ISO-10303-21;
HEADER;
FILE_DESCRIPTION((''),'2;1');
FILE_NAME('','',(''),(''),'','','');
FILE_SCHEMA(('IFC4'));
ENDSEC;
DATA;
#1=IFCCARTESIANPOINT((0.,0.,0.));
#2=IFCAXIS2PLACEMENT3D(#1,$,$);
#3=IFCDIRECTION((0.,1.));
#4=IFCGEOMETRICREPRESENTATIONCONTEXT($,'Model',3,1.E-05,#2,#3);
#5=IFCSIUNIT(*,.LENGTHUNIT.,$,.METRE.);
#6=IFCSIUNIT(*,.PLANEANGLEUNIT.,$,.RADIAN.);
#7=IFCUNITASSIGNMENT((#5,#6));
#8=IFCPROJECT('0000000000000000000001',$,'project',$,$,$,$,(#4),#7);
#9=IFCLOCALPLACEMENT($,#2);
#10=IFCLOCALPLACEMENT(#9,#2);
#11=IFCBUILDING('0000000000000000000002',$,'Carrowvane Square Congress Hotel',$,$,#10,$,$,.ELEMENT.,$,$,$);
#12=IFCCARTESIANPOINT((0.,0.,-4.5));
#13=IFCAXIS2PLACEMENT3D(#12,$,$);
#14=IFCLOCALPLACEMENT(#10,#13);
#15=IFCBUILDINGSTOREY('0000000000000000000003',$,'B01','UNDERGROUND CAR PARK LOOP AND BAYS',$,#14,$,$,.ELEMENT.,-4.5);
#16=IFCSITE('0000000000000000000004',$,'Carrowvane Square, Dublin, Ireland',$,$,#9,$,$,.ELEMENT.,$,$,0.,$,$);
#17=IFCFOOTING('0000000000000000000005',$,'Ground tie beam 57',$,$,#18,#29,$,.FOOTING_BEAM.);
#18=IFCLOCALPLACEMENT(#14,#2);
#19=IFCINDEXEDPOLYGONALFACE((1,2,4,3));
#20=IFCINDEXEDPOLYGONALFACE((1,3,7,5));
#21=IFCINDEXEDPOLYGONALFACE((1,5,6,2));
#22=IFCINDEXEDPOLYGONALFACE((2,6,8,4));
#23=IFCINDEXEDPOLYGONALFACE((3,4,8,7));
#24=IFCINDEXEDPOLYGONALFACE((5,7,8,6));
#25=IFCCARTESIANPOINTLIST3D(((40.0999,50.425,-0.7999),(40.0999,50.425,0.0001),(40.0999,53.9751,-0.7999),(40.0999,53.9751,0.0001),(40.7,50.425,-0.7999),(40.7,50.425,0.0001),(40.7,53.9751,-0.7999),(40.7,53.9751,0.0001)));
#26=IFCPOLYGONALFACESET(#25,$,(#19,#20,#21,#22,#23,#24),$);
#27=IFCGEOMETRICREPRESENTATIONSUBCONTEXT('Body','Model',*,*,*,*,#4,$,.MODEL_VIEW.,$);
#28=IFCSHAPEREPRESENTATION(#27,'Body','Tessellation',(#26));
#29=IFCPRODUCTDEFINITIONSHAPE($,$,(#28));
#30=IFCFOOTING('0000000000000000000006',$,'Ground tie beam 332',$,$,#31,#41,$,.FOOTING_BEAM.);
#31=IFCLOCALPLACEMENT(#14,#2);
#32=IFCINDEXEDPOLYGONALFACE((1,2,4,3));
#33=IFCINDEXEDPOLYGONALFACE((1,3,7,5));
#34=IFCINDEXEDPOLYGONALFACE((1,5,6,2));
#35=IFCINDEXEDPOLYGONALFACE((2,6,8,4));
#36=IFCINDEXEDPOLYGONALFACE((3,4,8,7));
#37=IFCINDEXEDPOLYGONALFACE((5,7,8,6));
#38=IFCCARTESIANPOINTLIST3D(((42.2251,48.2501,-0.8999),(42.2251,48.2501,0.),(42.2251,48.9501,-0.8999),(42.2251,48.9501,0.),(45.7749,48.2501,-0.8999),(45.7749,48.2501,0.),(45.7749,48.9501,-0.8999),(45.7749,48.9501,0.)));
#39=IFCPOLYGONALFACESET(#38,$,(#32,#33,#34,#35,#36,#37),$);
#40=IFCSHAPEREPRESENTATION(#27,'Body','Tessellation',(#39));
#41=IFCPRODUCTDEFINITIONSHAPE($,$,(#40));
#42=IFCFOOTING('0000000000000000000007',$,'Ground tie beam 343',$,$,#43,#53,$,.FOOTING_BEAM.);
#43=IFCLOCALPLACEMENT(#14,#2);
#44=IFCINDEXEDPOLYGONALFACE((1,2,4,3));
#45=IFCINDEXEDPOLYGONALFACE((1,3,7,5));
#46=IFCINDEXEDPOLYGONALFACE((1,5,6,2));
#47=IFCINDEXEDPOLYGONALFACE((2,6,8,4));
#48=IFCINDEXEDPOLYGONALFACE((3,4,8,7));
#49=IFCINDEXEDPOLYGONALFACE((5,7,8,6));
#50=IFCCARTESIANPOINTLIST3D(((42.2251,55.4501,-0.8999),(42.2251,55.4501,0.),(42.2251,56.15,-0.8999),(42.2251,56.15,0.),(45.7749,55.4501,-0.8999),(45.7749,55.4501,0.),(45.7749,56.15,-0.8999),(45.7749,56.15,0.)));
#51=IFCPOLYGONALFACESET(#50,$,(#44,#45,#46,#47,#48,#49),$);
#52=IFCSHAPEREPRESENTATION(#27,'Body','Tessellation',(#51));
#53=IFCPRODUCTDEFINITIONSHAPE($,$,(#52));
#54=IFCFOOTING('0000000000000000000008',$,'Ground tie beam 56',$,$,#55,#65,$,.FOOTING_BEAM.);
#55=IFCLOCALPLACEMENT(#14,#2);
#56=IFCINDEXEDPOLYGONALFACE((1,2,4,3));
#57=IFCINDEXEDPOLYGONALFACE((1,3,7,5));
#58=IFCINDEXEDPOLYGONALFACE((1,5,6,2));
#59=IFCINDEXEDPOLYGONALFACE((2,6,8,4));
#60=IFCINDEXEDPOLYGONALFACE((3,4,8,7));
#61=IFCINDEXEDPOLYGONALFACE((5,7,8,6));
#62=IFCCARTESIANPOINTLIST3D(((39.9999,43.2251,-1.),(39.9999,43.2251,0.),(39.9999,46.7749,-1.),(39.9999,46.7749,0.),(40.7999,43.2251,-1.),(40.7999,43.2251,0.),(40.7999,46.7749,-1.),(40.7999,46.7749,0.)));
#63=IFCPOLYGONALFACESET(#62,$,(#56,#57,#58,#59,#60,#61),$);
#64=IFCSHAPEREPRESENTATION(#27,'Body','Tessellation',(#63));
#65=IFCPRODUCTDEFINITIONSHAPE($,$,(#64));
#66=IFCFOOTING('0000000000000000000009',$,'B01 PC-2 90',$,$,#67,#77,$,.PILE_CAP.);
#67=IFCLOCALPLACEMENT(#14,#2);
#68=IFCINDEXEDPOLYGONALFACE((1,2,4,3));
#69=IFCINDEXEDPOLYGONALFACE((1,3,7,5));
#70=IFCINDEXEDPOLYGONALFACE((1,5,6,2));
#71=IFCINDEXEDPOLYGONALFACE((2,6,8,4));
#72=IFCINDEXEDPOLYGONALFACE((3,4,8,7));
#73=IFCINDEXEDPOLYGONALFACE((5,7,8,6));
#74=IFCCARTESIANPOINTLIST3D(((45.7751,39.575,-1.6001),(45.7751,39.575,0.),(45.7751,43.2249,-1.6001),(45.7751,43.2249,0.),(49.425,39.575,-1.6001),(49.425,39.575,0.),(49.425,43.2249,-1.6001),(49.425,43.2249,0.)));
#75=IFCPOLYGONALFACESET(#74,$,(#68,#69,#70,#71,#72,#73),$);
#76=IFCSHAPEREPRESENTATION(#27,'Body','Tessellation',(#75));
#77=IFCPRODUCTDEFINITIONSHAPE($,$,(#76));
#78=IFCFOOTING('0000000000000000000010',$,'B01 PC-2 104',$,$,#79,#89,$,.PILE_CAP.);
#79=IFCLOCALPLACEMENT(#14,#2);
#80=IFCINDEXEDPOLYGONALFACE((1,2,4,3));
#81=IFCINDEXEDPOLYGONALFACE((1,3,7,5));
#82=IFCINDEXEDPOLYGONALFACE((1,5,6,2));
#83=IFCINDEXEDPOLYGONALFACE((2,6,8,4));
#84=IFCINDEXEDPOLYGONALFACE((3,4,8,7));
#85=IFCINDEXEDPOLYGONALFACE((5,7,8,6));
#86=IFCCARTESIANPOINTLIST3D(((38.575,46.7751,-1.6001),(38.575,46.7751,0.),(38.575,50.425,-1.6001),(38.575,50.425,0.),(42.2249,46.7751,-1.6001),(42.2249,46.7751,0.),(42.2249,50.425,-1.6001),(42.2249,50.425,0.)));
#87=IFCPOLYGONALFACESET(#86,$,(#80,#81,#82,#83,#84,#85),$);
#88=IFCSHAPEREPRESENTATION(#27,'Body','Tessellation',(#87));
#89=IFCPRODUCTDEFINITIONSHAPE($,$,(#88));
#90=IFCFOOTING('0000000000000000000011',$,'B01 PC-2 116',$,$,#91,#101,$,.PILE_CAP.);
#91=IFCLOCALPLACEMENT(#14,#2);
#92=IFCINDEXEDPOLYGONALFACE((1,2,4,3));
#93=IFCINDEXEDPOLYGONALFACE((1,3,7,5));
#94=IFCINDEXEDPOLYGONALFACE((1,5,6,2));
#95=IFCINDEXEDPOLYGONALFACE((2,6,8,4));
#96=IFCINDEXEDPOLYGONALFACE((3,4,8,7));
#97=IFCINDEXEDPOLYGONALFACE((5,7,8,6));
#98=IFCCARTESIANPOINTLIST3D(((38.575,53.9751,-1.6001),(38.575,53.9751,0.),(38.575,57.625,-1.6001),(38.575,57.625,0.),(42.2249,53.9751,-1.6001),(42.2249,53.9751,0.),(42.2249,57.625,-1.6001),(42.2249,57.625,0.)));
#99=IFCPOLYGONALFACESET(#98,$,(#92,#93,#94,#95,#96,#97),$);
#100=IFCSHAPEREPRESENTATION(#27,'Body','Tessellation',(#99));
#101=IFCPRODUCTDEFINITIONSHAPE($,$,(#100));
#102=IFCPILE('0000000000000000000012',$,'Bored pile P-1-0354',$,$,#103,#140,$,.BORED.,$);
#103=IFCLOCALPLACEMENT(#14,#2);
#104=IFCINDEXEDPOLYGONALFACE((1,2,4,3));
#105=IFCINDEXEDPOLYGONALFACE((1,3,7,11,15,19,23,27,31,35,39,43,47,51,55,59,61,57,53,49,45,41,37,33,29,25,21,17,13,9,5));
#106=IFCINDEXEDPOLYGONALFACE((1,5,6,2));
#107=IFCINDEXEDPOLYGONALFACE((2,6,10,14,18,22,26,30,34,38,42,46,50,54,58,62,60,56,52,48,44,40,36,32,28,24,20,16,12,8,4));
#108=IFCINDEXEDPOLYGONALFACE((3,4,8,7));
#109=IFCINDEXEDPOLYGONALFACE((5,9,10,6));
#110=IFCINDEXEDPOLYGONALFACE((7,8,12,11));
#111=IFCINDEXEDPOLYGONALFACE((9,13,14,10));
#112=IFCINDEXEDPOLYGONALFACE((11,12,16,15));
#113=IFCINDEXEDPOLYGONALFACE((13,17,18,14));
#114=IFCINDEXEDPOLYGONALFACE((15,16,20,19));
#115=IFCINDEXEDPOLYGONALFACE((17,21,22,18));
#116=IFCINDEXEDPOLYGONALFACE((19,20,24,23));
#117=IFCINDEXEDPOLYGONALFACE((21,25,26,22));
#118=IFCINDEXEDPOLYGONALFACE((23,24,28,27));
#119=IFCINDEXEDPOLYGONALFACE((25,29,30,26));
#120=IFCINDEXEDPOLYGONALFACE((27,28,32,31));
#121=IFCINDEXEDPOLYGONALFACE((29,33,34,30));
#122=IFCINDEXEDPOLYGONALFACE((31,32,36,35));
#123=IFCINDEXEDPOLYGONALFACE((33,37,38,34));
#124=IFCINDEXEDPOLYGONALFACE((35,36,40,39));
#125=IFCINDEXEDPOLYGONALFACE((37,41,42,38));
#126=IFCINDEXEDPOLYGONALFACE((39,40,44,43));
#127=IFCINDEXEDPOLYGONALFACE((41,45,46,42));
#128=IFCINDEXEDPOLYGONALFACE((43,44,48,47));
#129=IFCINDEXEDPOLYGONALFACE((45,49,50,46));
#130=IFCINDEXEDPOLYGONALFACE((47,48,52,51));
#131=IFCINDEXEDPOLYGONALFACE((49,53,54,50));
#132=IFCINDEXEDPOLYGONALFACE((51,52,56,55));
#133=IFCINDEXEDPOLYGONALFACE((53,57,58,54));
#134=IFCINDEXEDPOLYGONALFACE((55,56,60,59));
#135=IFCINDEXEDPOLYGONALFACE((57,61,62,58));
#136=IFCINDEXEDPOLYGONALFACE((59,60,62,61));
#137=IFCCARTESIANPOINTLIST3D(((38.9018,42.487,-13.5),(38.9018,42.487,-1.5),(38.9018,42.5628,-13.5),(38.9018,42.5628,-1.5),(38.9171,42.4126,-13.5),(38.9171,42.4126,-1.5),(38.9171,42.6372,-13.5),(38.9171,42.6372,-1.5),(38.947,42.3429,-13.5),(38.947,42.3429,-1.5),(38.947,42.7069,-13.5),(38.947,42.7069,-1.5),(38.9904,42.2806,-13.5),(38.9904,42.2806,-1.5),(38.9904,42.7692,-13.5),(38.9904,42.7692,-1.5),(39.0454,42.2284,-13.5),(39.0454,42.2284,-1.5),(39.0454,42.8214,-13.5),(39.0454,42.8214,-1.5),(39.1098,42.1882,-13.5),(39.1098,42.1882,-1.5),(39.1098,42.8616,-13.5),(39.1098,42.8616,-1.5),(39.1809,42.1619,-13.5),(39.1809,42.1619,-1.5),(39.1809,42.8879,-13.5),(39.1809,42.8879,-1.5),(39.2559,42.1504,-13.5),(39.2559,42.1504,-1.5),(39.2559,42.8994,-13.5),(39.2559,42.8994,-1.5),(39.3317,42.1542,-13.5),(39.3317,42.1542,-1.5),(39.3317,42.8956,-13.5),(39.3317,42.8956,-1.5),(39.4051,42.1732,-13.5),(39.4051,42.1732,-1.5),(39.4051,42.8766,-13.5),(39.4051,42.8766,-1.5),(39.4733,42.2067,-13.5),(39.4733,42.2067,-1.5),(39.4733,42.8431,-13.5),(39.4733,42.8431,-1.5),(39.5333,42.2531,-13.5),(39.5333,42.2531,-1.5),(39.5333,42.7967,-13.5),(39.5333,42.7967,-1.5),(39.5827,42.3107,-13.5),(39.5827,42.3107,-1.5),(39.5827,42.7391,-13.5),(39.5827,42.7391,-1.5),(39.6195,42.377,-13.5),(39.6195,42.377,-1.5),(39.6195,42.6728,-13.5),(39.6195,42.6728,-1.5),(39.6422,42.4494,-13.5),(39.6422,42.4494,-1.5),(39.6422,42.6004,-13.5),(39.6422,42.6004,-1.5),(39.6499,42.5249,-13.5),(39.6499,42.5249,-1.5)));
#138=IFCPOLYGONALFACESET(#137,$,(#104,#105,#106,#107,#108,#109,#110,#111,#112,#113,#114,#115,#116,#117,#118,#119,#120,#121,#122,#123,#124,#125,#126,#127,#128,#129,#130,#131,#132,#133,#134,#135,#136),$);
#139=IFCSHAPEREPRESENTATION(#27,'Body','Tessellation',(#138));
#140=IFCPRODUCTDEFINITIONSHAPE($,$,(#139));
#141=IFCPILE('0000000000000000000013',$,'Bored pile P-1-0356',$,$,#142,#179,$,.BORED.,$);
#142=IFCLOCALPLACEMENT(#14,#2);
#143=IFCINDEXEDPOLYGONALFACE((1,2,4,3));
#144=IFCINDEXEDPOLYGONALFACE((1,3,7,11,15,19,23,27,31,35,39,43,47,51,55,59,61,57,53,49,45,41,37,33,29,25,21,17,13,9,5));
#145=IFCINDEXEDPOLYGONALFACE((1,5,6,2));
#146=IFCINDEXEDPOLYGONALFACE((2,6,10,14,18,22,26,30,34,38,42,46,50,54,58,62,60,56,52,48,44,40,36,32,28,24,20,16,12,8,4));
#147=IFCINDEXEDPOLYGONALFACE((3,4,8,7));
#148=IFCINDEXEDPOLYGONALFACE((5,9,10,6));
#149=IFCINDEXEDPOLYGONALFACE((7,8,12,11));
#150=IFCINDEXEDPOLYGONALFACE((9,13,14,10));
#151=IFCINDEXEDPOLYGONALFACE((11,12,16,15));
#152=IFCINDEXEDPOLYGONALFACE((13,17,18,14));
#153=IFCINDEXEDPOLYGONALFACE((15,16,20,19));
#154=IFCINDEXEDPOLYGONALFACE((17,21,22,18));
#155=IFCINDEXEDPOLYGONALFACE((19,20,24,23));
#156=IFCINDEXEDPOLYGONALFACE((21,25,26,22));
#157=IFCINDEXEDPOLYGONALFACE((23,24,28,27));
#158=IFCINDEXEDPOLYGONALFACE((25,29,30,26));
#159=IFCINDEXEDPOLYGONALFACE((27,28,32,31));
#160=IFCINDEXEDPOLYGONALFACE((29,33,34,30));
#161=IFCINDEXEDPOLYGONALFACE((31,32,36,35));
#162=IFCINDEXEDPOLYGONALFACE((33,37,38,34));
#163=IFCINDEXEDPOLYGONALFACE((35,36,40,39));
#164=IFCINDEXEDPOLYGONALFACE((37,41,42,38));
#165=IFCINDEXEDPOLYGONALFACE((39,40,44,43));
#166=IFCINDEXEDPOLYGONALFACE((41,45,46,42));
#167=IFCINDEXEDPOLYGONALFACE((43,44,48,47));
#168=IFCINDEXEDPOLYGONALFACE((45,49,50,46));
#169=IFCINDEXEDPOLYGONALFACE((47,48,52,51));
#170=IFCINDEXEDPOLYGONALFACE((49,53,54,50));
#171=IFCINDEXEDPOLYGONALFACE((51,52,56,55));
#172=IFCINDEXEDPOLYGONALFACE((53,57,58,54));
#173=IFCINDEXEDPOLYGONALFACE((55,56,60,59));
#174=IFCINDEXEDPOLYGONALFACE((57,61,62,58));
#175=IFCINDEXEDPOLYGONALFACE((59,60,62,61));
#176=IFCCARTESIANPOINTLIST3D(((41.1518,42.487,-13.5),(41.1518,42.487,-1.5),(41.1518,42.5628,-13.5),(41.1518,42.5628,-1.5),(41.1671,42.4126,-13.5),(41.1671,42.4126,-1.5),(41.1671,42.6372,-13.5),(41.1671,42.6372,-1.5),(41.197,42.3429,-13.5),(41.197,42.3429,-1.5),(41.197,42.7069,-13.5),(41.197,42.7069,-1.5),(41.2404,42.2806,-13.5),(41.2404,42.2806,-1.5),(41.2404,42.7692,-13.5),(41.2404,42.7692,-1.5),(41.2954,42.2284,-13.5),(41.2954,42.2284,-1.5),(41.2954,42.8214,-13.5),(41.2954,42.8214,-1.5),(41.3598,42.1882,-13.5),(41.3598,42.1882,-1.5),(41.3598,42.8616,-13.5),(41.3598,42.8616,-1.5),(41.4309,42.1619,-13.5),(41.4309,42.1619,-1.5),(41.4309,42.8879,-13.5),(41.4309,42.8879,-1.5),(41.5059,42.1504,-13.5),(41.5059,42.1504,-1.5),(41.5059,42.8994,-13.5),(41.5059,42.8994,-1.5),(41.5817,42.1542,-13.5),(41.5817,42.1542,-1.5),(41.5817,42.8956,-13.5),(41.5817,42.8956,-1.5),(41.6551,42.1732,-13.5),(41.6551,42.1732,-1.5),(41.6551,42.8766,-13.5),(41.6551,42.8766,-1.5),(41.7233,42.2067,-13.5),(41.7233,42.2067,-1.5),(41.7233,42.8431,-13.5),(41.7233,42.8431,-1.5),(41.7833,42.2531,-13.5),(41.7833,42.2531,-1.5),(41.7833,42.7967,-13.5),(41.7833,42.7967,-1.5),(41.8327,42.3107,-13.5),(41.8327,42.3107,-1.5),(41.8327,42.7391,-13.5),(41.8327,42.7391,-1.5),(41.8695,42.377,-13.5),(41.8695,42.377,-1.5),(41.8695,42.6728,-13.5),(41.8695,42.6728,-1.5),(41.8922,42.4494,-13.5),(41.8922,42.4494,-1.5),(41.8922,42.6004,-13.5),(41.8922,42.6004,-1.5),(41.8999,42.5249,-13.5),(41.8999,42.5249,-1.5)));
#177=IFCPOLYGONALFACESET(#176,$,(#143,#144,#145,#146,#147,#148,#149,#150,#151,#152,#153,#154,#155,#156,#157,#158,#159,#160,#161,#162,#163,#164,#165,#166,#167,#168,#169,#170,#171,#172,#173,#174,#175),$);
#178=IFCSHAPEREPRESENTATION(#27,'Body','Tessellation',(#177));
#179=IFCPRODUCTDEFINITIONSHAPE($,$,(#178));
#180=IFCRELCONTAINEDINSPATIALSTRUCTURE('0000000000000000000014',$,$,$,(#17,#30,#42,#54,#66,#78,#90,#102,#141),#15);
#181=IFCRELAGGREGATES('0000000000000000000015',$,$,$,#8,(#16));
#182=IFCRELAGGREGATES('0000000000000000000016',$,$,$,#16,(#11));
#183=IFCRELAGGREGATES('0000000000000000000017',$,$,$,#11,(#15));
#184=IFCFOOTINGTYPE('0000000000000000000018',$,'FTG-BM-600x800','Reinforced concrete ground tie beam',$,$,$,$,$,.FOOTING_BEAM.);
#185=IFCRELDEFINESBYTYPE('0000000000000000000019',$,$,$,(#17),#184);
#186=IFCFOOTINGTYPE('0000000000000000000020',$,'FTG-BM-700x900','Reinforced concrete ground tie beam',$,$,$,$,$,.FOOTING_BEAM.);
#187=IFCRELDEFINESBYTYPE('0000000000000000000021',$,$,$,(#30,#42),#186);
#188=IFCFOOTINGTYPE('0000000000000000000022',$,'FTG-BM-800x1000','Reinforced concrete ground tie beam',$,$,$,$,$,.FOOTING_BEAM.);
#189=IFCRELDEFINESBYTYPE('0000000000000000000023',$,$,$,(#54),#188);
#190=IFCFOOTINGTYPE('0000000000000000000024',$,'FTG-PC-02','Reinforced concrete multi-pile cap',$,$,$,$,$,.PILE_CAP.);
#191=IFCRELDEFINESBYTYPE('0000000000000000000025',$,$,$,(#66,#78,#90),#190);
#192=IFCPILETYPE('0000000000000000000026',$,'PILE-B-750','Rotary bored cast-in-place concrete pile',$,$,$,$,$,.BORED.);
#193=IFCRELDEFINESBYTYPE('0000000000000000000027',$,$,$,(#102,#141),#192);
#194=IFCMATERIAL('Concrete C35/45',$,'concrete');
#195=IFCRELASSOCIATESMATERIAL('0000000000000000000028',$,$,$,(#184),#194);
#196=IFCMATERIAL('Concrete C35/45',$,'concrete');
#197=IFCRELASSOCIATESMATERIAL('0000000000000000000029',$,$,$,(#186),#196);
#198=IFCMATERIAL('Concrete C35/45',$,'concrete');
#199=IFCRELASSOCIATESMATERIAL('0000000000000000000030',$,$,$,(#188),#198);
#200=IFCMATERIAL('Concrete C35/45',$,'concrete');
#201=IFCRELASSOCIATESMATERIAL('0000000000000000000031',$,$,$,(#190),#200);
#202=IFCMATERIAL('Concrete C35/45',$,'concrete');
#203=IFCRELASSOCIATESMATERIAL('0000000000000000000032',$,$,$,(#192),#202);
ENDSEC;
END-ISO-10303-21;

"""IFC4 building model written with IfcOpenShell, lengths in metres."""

from ifc_helpers import new_model, si_unit, direction, frame, origin, origin_2d, place, context, subcontext, project, spatial, rectangle, circle, extrude, material, material_profile, profile_set, type_object, element, save


model = new_model("IFC4")

# Units and contexts
model_context = context("Model", 3, precision=1e-05, world=origin(), true_north=direction((0.0, 1.0)))
body_context = subcontext(model_context, "Body", "Model", "MODEL_VIEW")
ifc_project = project(units=[si_unit("LENGTHUNIT", "METRE"), si_unit("PLANEANGLEUNIT", "RADIAN")], contexts=[model_context])

# Site, building, storey
site_placement = place(None, origin())
site = spatial("IfcSite", under=ifc_project, at=site_placement, Name="Carrowvane Square, Dublin, Ireland", CompositionType="ELEMENT", RefElevation=0.0)
building_placement = place(site_placement, origin())
building = spatial("IfcBuilding", under=site, at=building_placement, Name="Carrowvane Square Congress Hotel", CompositionType="ELEMENT")
storey_placement = place(building_placement, frame((0.0, 0.0, -4.5)))
storey = spatial("IfcBuildingStorey", under=building, at=storey_placement, Name="B01", Description="UNDERGROUND CAR PARK LOOP AND BAYS", CompositionType="ELEMENT", Elevation=-4.5)

# Footings
ifc_material_1 = material(Name="Concrete C35/45", Category="concrete")
ifc_material_profile_1 = material_profile(ifc_material_1, rectangle(XDim=0.6001, YDim=0.8, at=origin_2d()), Name="RC 600x800")
ifc_profile_set_1 = profile_set([ifc_material_profile_1], Name="Concrete C35/45")
footing_type_1 = type_object("IfcFootingType", Name="FTG-BM-600x800", Description="Reinforced concrete ground tie beam", PredefinedType="FOOTING_BEAM", material=ifc_profile_set_1)
footing_1_placement = place(storey_placement, frame((40.3999, 50.425, -0.3999), z_axis=(0.0, 1.0, 0.0), x_axis=(-1.0, 0.0, 0.0)))
element("IfcFooting", 1, at=footing_1_placement, inside=storey, type_object=footing_type_1, Name="Ground tie beam 57", PredefinedType="FOOTING_BEAM", context=body_context, shape_type="SweptSolid", body=[
    extrude(rectangle(XDim=0.6001, YDim=0.8, at=origin_2d()), origin(), (0.0, 0.0, 1.0), 3.55),
])
ifc_material_2 = material(Name="Concrete C35/45", Category="concrete")
ifc_material_profile_2 = material_profile(ifc_material_2, rectangle(XDim=0.7, YDim=0.8999, at=origin_2d()), Name="RC 700x900")
ifc_profile_set_2 = profile_set([ifc_material_profile_2], Name="Concrete C35/45")
footing_type_2 = type_object("IfcFootingType", Name="FTG-BM-700x900", Description="Reinforced concrete ground tie beam", PredefinedType="FOOTING_BEAM", material=ifc_profile_set_2)
for number, where, z_axis, x_axis, name in (
    (2, (42.2251, 48.6001, -0.45), (1.0, 0.0, 0.0), (0.0, 1.0, 0.0), "Ground tie beam 332"),
    (3, (42.2251, 55.8, -0.45), (1.0, 0.0, 0.0), (0.0, 1.0, 0.0), "Ground tie beam 343"),
):
    element("IfcFooting", number, at=place(storey_placement, frame(where, z_axis=z_axis, x_axis=x_axis)), inside=storey, type_object=footing_type_2, Name=name, PredefinedType="FOOTING_BEAM", context=body_context, shape_type="SweptSolid", body=[
        extrude(rectangle(XDim=0.7, YDim=0.8999, at=origin_2d()), origin(), (0.0, 0.0, 1.0), 3.5498),
    ])
ifc_material_3 = material(Name="Concrete C35/45", Category="concrete")
ifc_material_profile_3 = material_profile(ifc_material_3, rectangle(XDim=0.8, YDim=1.0, at=origin_2d()), Name="RC 800x1000")
ifc_profile_set_3 = profile_set([ifc_material_profile_3], Name="Concrete C35/45")
footing_type_3 = type_object("IfcFootingType", Name="FTG-BM-800x1000", Description="Reinforced concrete ground tie beam", PredefinedType="FOOTING_BEAM", material=ifc_profile_set_3)
footing_2_placement = place(storey_placement, frame((40.3999, 43.2251, -0.5), z_axis=(0.0, 1.0, 0.0), x_axis=(-1.0, 0.0, 0.0)))
element("IfcFooting", 4, at=footing_2_placement, inside=storey, type_object=footing_type_3, Name="Ground tie beam 56", PredefinedType="FOOTING_BEAM", context=body_context, shape_type="SweptSolid", body=[
    extrude(rectangle(XDim=0.8, YDim=1.0, at=origin_2d()), origin(), (0.0, 0.0, 1.0), 3.5498),
])
ifc_material_4 = material(Name="Concrete C35/45", Category="concrete")
footing_type_4 = type_object("IfcFootingType", Name="FTG-PC-02", Description="Reinforced concrete multi-pile cap", PredefinedType="PILE_CAP", material=ifc_material_4)
for number, where, z_axis, x_axis, name in (
    (5, (47.6001, 41.3999, -1.6001), (0.0, 0.0, 1.0), (1.0, 0.0, 0.0), "B01 PC-2 90"),
    (6, (40.3999, 48.6001, -1.6001), (0.0, 0.0, 1.0), (1.0, 0.0, 0.0), "B01 PC-2 104"),
    (7, (40.3999, 55.8, -1.6001), (0.0, 0.0, 1.0), (1.0, 0.0, 0.0), "B01 PC-2 116"),
):
    element("IfcFooting", number, at=place(storey_placement, frame(where, z_axis=z_axis, x_axis=x_axis)), inside=storey, type_object=footing_type_4, Name=name, PredefinedType="PILE_CAP", context=body_context, shape_type="SweptSolid", body=[
        extrude(rectangle(XDim=3.6499, YDim=3.6499, at=origin_2d()), origin(), (0.0, 0.0, 1.0), 1.6001),
    ])

# Piles
ifc_material_5 = material(Name="Concrete C35/45", Category="concrete")
ifc_material_profile_4 = material_profile(ifc_material_5, circle(Radius=0.375, at=origin_2d()), Name="PILE D750")
ifc_profile_set_4 = profile_set([ifc_material_profile_4], Name="Concrete C35/45")
pile_type = type_object("IfcPileType", Name="PILE-B-750", Description="Rotary bored cast-in-place concrete pile", PredefinedType="BORED", material=ifc_profile_set_4)
for number, where, z_axis, x_axis, name in (
    (8, (39.2749, 42.5249, -1.5), (0.0, 0.0, -1.0), (1.0, 0.0, 0.0), "Bored pile P-1-0354"),
    (9, (41.5249, 42.5249, -1.5), (0.0, 0.0, -1.0), (1.0, 0.0, 0.0), "Bored pile P-1-0356"),
):
    element("IfcPile", number, at=place(storey_placement, frame(where, z_axis=z_axis, x_axis=x_axis)), inside=storey, type_object=pile_type, Name=name, PredefinedType="BORED", context=body_context, shape_type="SweptSolid", body=[
        extrude(circle(Radius=0.375, at=origin_2d()), origin(), (0.0, 0.0, 1.0), 12.0),
    ])

save(model, "model.ifc")
